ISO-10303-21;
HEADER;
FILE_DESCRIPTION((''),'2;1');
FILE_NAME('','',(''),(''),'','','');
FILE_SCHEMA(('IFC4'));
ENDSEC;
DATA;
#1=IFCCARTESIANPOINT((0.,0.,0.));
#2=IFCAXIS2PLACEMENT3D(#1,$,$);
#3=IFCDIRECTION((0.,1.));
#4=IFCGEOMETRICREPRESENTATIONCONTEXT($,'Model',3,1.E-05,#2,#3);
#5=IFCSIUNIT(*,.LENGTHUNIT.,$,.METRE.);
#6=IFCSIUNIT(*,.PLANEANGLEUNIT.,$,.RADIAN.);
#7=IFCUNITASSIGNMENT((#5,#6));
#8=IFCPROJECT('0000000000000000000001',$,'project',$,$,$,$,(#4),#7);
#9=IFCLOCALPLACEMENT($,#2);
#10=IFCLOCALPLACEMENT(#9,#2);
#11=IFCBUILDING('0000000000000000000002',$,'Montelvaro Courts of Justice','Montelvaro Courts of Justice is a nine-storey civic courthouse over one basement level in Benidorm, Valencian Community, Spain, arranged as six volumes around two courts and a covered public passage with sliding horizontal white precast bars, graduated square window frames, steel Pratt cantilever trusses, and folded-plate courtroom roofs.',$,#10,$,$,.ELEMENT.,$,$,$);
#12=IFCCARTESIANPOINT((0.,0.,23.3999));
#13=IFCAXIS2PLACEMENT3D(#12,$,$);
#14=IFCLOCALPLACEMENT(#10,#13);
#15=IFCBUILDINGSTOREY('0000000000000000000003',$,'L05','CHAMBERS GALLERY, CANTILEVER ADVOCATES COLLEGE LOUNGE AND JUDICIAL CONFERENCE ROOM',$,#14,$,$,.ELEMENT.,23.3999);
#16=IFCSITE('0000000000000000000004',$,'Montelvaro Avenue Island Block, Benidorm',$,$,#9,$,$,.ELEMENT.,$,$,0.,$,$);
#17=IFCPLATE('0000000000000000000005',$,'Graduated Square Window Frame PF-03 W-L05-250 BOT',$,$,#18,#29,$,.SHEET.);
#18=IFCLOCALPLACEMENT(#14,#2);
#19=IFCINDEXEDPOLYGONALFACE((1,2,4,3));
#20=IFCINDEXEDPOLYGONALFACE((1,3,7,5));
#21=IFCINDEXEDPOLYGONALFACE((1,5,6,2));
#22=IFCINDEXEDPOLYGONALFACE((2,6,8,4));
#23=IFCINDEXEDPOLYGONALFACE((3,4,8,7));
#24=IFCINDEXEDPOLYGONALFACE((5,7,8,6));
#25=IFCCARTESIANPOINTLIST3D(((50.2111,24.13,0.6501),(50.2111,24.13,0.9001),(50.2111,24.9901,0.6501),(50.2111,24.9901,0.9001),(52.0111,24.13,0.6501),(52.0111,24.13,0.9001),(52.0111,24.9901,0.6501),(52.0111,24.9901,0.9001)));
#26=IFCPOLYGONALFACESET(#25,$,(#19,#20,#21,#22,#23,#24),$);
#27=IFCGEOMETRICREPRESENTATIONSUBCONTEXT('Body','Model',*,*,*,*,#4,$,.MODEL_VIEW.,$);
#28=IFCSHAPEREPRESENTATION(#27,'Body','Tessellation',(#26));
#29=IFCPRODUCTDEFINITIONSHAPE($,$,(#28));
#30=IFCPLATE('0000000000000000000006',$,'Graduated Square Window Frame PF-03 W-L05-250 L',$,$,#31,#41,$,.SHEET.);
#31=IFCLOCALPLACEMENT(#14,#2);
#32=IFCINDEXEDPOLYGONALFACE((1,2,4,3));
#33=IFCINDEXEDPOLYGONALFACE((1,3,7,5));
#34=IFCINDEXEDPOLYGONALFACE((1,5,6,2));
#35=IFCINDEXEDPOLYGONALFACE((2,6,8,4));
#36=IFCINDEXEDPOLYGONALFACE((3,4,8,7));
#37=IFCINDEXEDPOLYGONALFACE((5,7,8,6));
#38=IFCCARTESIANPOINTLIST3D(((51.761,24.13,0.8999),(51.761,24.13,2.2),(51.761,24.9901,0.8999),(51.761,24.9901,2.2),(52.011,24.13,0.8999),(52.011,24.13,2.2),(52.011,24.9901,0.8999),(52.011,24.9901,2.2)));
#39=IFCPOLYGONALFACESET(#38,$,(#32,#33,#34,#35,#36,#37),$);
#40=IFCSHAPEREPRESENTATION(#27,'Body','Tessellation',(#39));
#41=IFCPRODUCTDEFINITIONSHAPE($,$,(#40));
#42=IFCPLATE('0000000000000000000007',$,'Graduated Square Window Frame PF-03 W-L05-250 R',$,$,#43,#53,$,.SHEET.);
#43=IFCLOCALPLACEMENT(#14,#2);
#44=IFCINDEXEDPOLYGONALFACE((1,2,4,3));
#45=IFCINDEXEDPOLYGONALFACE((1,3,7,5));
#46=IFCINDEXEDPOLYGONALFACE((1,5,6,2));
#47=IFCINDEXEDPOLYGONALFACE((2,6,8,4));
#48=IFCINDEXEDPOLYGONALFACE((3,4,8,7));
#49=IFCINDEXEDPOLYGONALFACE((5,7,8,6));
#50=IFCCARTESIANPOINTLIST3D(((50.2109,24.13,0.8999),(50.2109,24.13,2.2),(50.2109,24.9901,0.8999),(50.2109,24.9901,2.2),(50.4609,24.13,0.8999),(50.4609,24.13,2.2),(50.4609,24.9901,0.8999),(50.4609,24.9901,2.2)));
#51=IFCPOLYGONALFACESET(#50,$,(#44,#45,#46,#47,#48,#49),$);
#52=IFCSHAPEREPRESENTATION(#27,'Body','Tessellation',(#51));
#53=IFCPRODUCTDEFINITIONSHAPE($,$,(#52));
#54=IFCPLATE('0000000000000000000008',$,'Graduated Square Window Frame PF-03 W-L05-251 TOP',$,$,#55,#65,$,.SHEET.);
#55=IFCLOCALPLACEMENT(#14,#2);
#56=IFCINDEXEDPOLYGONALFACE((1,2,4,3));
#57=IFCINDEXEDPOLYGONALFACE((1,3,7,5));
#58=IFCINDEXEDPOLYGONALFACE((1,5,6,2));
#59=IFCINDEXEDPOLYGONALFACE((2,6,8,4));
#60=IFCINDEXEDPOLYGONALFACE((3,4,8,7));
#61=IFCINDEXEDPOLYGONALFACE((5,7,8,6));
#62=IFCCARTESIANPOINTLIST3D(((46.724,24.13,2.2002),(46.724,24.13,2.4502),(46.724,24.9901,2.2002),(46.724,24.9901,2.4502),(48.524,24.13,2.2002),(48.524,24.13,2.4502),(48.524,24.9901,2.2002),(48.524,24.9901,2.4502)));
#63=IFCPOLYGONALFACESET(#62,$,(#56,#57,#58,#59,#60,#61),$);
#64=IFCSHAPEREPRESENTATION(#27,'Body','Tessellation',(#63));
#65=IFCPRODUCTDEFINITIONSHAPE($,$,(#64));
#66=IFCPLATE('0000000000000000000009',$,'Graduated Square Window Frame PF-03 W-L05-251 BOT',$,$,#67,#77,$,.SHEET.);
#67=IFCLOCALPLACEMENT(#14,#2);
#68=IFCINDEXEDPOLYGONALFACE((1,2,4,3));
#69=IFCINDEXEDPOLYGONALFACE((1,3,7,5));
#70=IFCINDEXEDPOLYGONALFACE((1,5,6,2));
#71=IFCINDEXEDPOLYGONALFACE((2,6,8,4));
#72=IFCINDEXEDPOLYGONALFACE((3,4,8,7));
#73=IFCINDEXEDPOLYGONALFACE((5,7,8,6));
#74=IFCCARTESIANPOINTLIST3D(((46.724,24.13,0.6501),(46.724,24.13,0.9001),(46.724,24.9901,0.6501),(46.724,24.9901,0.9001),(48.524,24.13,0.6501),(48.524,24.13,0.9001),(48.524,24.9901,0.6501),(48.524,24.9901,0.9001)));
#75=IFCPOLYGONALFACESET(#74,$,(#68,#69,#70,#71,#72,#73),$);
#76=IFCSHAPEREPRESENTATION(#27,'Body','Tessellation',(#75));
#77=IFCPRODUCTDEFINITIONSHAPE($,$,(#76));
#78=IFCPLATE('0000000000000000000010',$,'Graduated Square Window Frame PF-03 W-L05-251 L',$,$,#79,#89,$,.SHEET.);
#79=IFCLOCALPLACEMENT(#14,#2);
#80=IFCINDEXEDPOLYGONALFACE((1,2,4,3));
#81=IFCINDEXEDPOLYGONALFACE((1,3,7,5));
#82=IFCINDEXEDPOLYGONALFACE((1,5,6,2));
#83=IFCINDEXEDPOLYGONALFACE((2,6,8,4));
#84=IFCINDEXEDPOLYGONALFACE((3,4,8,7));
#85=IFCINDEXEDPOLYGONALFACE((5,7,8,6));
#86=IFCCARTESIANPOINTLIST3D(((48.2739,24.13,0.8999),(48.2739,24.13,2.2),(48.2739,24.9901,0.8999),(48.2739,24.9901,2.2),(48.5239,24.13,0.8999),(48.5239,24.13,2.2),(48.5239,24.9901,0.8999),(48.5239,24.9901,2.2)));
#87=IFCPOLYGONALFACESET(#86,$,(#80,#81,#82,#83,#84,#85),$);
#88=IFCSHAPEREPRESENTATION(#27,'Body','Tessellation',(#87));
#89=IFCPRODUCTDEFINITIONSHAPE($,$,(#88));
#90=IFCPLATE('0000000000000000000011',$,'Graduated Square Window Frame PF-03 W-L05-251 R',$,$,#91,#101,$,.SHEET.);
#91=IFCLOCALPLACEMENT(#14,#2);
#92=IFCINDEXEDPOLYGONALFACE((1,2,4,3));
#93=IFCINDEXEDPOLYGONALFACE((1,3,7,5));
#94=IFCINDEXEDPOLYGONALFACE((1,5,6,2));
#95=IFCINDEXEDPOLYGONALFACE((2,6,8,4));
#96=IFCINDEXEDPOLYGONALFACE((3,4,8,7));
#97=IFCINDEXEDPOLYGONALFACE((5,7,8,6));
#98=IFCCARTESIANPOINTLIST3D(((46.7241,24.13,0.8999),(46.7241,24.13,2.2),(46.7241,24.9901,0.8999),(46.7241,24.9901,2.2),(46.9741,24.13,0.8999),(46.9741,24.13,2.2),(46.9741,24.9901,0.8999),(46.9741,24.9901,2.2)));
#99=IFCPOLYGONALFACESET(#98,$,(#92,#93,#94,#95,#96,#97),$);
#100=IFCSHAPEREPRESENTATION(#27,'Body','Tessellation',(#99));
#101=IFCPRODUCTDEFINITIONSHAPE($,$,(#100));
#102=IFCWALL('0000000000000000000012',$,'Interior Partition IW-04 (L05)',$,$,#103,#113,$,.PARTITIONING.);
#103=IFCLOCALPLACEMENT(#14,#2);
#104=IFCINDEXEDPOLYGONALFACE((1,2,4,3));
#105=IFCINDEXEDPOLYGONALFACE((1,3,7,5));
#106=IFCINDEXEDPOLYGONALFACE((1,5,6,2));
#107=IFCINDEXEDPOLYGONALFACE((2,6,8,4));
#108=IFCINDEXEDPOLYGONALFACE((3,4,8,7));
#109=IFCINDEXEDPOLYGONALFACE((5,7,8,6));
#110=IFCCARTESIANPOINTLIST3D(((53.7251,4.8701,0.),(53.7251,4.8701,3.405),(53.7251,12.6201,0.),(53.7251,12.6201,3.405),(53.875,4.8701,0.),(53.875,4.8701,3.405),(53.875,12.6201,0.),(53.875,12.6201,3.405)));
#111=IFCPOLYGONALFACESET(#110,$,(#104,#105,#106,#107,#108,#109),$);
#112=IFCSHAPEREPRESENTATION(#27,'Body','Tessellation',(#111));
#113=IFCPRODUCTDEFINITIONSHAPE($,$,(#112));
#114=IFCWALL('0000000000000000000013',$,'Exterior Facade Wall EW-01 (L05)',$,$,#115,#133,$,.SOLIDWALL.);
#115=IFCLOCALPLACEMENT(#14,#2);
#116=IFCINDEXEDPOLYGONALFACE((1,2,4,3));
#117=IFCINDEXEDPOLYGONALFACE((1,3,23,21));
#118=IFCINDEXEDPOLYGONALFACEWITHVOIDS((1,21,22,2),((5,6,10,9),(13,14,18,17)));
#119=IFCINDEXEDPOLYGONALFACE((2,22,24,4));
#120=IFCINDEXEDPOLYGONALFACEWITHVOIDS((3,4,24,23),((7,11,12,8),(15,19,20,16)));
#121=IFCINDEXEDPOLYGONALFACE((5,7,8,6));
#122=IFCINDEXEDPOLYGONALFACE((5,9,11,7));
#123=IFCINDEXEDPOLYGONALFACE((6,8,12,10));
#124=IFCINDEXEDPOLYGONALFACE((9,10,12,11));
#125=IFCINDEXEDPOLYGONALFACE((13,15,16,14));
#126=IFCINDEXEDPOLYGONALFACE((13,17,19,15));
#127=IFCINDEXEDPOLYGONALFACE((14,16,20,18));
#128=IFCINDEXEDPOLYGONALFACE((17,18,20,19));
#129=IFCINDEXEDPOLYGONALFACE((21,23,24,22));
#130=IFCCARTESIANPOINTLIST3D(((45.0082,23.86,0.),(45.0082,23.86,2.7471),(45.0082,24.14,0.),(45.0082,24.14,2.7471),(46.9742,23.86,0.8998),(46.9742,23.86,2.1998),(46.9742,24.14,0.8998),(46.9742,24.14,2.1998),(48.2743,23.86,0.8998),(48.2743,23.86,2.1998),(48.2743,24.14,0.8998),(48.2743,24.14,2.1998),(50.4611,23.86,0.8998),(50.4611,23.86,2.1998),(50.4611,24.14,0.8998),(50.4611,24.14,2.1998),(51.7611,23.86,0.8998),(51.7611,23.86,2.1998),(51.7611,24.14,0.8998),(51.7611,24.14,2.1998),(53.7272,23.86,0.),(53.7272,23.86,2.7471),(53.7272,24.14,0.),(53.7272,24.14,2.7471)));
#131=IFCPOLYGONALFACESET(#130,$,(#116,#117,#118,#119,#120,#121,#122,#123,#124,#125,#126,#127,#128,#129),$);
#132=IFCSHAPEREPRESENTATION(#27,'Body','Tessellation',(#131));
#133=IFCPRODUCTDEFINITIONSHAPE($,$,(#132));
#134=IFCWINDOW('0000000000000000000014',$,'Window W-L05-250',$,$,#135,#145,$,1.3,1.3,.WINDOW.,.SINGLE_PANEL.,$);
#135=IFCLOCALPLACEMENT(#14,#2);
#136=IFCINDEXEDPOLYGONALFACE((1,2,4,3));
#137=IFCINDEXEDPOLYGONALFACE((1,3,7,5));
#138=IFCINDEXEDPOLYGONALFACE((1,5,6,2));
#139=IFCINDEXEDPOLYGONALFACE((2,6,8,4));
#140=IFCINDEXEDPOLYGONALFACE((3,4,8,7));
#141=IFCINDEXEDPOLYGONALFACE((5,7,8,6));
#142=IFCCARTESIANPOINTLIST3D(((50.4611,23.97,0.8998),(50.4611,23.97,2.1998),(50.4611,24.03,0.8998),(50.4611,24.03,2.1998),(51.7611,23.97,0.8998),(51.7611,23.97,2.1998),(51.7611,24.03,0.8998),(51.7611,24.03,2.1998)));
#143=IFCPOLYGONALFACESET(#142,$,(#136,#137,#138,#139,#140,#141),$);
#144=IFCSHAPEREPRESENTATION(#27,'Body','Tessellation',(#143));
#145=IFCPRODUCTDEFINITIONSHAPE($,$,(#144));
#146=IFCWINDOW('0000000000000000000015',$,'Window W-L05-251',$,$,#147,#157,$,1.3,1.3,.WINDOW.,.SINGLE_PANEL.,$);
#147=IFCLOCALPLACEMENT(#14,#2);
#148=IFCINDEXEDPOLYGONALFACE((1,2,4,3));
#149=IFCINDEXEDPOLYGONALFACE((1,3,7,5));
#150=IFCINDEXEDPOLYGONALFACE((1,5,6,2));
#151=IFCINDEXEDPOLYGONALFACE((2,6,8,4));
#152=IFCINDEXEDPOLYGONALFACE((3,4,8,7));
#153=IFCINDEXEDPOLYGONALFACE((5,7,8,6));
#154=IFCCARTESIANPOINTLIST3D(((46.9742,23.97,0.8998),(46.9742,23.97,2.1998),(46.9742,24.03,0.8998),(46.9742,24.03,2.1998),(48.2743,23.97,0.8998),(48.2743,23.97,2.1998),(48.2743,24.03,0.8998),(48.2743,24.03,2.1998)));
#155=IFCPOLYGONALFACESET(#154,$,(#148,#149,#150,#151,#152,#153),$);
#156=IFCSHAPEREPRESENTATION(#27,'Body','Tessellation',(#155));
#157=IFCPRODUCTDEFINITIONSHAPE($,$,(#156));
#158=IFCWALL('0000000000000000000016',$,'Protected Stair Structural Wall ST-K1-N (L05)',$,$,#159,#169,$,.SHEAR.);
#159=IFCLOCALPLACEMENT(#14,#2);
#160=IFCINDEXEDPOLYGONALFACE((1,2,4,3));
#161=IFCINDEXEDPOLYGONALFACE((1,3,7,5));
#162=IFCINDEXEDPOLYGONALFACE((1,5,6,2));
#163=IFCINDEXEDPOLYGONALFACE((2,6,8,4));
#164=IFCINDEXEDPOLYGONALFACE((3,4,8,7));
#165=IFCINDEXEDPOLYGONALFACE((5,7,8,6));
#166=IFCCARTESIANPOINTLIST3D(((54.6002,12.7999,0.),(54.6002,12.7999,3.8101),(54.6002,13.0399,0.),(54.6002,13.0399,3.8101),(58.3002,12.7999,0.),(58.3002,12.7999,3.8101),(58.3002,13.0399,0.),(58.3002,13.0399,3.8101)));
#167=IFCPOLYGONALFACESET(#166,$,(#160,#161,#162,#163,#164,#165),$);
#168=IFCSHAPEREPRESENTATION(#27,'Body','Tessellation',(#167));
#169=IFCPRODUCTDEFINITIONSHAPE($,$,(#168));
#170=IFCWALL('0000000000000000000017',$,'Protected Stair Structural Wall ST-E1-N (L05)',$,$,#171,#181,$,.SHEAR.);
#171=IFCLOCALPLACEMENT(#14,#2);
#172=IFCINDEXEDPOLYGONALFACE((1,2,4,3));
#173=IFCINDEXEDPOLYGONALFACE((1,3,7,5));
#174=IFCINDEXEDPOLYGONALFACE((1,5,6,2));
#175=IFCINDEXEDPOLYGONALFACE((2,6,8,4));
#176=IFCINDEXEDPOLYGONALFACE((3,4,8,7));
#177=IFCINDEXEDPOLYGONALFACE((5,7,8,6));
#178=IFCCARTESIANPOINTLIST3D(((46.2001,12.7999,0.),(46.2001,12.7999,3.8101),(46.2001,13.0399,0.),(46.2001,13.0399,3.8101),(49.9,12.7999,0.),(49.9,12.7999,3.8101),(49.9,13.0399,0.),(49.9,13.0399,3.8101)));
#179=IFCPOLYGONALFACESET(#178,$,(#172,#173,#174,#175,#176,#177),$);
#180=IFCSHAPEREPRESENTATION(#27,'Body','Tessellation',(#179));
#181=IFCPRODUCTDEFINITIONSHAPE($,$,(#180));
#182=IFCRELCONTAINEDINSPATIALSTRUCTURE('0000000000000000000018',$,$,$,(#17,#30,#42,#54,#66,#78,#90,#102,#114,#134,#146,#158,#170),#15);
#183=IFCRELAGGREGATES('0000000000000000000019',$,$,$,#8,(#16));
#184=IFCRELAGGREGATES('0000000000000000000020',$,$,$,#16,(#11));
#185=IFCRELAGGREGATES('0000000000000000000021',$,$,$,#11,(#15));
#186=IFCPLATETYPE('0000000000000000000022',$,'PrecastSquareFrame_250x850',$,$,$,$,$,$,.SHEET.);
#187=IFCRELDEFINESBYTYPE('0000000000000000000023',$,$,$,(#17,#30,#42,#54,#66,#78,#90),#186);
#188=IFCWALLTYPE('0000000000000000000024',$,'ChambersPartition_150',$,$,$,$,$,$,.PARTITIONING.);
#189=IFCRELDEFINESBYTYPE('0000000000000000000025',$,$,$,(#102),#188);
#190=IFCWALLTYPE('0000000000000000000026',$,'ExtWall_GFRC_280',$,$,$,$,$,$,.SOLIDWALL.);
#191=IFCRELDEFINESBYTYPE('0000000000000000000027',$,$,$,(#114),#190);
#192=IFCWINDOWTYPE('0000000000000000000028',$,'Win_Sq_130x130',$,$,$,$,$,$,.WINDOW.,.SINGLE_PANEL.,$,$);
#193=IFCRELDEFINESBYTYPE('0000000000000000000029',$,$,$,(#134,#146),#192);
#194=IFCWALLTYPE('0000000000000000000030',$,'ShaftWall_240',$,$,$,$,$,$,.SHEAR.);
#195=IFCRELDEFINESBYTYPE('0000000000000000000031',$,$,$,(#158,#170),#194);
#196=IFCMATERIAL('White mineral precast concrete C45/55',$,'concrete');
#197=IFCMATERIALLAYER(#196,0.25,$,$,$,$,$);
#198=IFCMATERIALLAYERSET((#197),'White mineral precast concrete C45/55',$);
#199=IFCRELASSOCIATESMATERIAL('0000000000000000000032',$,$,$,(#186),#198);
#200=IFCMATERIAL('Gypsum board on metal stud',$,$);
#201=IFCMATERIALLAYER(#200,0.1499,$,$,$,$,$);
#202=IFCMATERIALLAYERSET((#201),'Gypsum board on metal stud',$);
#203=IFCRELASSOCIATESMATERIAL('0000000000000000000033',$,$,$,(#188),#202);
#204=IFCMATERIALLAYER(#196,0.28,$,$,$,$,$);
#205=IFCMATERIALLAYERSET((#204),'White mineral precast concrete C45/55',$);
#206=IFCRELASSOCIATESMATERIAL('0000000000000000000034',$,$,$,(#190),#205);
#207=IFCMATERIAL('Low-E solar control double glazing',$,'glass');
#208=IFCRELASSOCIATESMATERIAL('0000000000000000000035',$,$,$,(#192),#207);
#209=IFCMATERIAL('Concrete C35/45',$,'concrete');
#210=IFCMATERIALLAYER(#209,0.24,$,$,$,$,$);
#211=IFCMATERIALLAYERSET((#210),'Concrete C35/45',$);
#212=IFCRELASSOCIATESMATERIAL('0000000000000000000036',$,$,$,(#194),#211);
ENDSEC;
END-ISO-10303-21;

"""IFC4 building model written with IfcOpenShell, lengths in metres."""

from ifc_helpers import new_model, si_unit, direction, frame, frame_2d, origin, origin_2d, place, context, subcontext, project, spatial, rectangle, extrude, material, layer, layer_set, type_object, element, fill, save


model = new_model("IFC4")

# Units and contexts
model_context = context("Model", 3, precision=1e-05, world=origin(), true_north=direction((0.0, 1.0)))
body_context = subcontext(model_context, "Body", "Model", "MODEL_VIEW")
ifc_project = project(units=[si_unit("LENGTHUNIT", "METRE"), si_unit("PLANEANGLEUNIT", "RADIAN")], contexts=[model_context])

# Site, building, storey
site_placement = place(None, origin())
site = spatial("IfcSite", under=ifc_project, at=site_placement, Name="Montelvaro Avenue Island Block, Benidorm", CompositionType="ELEMENT", RefElevation=0.0)
building_placement = place(site_placement, origin())
building = spatial("IfcBuilding", under=site, at=building_placement, Name="Montelvaro Courts of Justice", Description="Montelvaro Courts of Justice is a nine-storey civic courthouse over one basement level in Benidorm, Valencian Community, Spain, arranged as six volumes around two courts and a covered public passage with sliding horizontal white precast bars, graduated square window frames, steel Pratt cantilever trusses, and folded-plate courtroom roofs.", CompositionType="ELEMENT")
storey_placement = place(building_placement, frame((0.0, 0.0, 23.3999)))
storey = spatial("IfcBuildingStorey", under=building, at=storey_placement, Name="L05", Description="CHAMBERS GALLERY, CANTILEVER ADVOCATES COLLEGE LOUNGE AND JUDICIAL CONFERENCE ROOM", CompositionType="ELEMENT", Elevation=23.3999)

# Plates
ifc_material_1 = material(Name="White mineral precast concrete C45/55", Category="concrete")
ifc_layer_1 = layer(ifc_material_1, 0.25)
ifc_layer_set_1 = layer_set([ifc_layer_1], Name="White mineral precast concrete C45/55")
plate_type = type_object("IfcPlateType", Name="PrecastSquareFrame_250x850", PredefinedType="SHEET", material=ifc_layer_set_1)
for number, where, z_axis, x_axis, name in (
    (1, (51.1111, 24.5601, 0.6501), (0.0, 0.0, 1.0), (-1.0, 0.0, 0.0), "Graduated Square Window Frame PF-03 W-L05-250 BOT"),
):
    element("IfcPlate", number, at=place(storey_placement, frame(where, z_axis=z_axis, x_axis=x_axis)), inside=storey, type_object=plate_type, Name=name, PredefinedType="SHEET", context=body_context, shape_type="SweptSolid", body=[
        extrude(rectangle(XDim=1.8, YDim=0.8601, at=origin_2d()), origin(), (0.0, 0.0, 1.0), 0.25),
    ])
for number, where, z_axis, x_axis, name in (
    (2, (51.886, 24.5601, 0.8999), (0.0, 0.0, 1.0), (-1.0, 0.0, 0.0), "Graduated Square Window Frame PF-03 W-L05-250 L"),
    (3, (50.3359, 24.5601, 0.8999), (0.0, 0.0, 1.0), (-1.0, 0.0, 0.0), "Graduated Square Window Frame PF-03 W-L05-250 R"),
):
    element("IfcPlate", number, at=place(storey_placement, frame(where, z_axis=z_axis, x_axis=x_axis)), inside=storey, type_object=plate_type, Name=name, PredefinedType="SHEET", context=body_context, shape_type="SweptSolid", body=[
        extrude(rectangle(XDim=0.25, YDim=0.8601, at=origin_2d()), origin(), (0.0, 0.0, 1.0), 1.3),
    ])
for number, where, z_axis, x_axis, name in (
    (4, (47.624, 24.5601, 2.2002), (0.0, 0.0, 1.0), (-1.0, 0.0, 0.0), "Graduated Square Window Frame PF-03 W-L05-251 TOP"),
    (5, (47.624, 24.5601, 0.6501), (0.0, 0.0, 1.0), (-1.0, 0.0, 0.0), "Graduated Square Window Frame PF-03 W-L05-251 BOT"),
):
    element("IfcPlate", number, at=place(storey_placement, frame(where, z_axis=z_axis, x_axis=x_axis)), inside=storey, type_object=plate_type, Name=name, PredefinedType="SHEET", context=body_context, shape_type="SweptSolid", body=[
        extrude(rectangle(XDim=1.8, YDim=0.8601, at=origin_2d()), origin(), (0.0, 0.0, 1.0), 0.25),
    ])
for number, where, z_axis, x_axis, name in (
    (6, (48.3989, 24.5601, 0.8999), (0.0, 0.0, 1.0), (-1.0, 0.0, 0.0), "Graduated Square Window Frame PF-03 W-L05-251 L"),
    (7, (46.8491, 24.5601, 0.8999), (0.0, 0.0, 1.0), (-1.0, 0.0, 0.0), "Graduated Square Window Frame PF-03 W-L05-251 R"),
):
    element("IfcPlate", number, at=place(storey_placement, frame(where, z_axis=z_axis, x_axis=x_axis)), inside=storey, type_object=plate_type, Name=name, PredefinedType="SHEET", context=body_context, shape_type="SweptSolid", body=[
        extrude(rectangle(XDim=0.25, YDim=0.8601, at=origin_2d()), origin(), (0.0, 0.0, 1.0), 1.3),
    ])

# Wall
ifc_material_2 = material(Name="Gypsum board on metal stud")
ifc_layer_2 = layer(ifc_material_2, 0.1499)
ifc_layer_set_2 = layer_set([ifc_layer_2], Name="Gypsum board on metal stud")
wall_type_1 = type_object("IfcWallType", Name="ChambersPartition_150", PredefinedType="PARTITIONING", material=ifc_layer_set_2)
wall_1_placement = place(storey_placement, frame((53.8, 12.6201, 0.0), z_axis=(0.0, 0.0, 1.0), x_axis=(0.0, -1.0, 0.0)))
element("IfcWall", 8, at=wall_1_placement, inside=storey, type_object=wall_type_1, Name="Interior Partition IW-04 (L05)", PredefinedType="PARTITIONING", context=body_context, shape_type="SweptSolid", body=[
    extrude(rectangle(XDim=7.75, YDim=0.1499, at=frame_2d((3.875, 0.0))), origin(), (0.0, 0.0, 1.0), 3.405),
])

# Wall, openings, windows
ifc_layer_3 = layer(ifc_material_1, 0.28)
ifc_layer_set_3 = layer_set([ifc_layer_3], Name="White mineral precast concrete C45/55")
wall_type_2 = type_object("IfcWallType", Name="ExtWall_GFRC_280", PredefinedType="SOLIDWALL", material=ifc_layer_set_3)
wall_2_placement = place(storey_placement, frame((53.7271, 24.0, 0.0), z_axis=(0.0, 0.0, 1.0), x_axis=(-1.0, 0.0, 0.0)))
wall_2 = element("IfcWall", 9, at=wall_2_placement, inside=storey, type_object=wall_type_2, Name="Exterior Facade Wall EW-01 (L05)", PredefinedType="SOLIDWALL", context=body_context, shape_type="SweptSolid", body=[
    extrude(rectangle(XDim=8.719, YDim=0.28, at=frame_2d((4.3594, 0.0))), origin(), (0.0, 0.0, 1.0), 2.7471),
])
opening_1_placement = place(wall_2_placement, frame((1.9661, 0.0, 0.8999)))
opening_1 = element("IfcOpeningElement", 10, at=opening_1_placement, cuts=wall_2, PredefinedType="OPENING", context=body_context, shape_type="SweptSolid", body=[
    extrude(rectangle(XDim=1.3, YDim=1.3, at=frame_2d((0.6499, 0.6499))), frame((0.0, 0.1548, 0.0), z_axis=(0.0, -1.0, 0.0), x_axis=(1.0, 0.0, 0.0)), (0.0, 0.0, 1.0), 0.3098),
])
opening_2_placement = place(wall_2_placement, frame((5.4529, 0.0, 0.8999)))
opening_2 = element("IfcOpeningElement", 11, at=opening_2_placement, cuts=wall_2, PredefinedType="OPENING", context=body_context, shape_type="SweptSolid", body=[
    extrude(rectangle(XDim=1.3, YDim=1.3, at=frame_2d((0.6499, 0.6499))), frame((0.0, 0.1548, 0.0), z_axis=(0.0, -1.0, 0.0), x_axis=(1.0, 0.0, 0.0)), (0.0, 0.0, 1.0), 0.3098),
])
ifc_material_3 = material(Name="Low-E solar control double glazing", Category="glass")
window_type = type_object("IfcWindowType", Name="Win_Sq_130x130", PartitioningType="SINGLE_PANEL", PredefinedType="WINDOW", material=ifc_material_3)
window_1_placement = place(opening_1_placement, origin())
window_1 = element("IfcWindow", 12, at=window_1_placement, inside=storey, type_object=window_type, Name="Window W-L05-250", OverallHeight=1.3, OverallWidth=1.3, PartitioningType="SINGLE_PANEL", PredefinedType="WINDOW", context=body_context, shape_type="SweptSolid", body=[
    extrude(rectangle(XDim=1.3, YDim=1.3, at=frame_2d((0.6499, 0.6499))), frame((0.0, 0.03, 0.0), z_axis=(0.0, -1.0, 0.0), x_axis=(1.0, 0.0, 0.0)), (0.0, 0.0, 1.0), 0.0601),
])
fill(opening_1, window_1)
window_2_placement = place(opening_2_placement, origin())
window_2 = element("IfcWindow", 13, at=window_2_placement, inside=storey, type_object=window_type, Name="Window W-L05-251", OverallHeight=1.3, OverallWidth=1.3, PartitioningType="SINGLE_PANEL", PredefinedType="WINDOW", context=body_context, shape_type="SweptSolid", body=[
    extrude(rectangle(XDim=1.3, YDim=1.3, at=frame_2d((0.6499, 0.6499))), frame((0.0, 0.03, 0.0), z_axis=(0.0, -1.0, 0.0), x_axis=(1.0, 0.0, 0.0)), (0.0, 0.0, 1.0), 0.0601),
])
fill(opening_2, window_2)

# Walls
ifc_material_4 = material(Name="Concrete C35/45", Category="concrete")
ifc_layer_4 = layer(ifc_material_4, 0.24)
ifc_layer_set_4 = layer_set([ifc_layer_4], Name="Concrete C35/45")
wall_type_3 = type_object("IfcWallType", Name="ShaftWall_240", PredefinedType="SHEAR", material=ifc_layer_set_4)
for number, where, z_axis, x_axis, name in (
    (14, (54.6001, 12.9199, 0.0), (0.0, 0.0, 1.0), (1.0, 0.0, 0.0), "Protected Stair Structural Wall ST-K1-N (L05)"),
    (15, (46.2, 12.9199, 0.0), (0.0, 0.0, 1.0), (1.0, 0.0, 0.0), "Protected Stair Structural Wall ST-E1-N (L05)"),
):
    element("IfcWall", number, at=place(storey_placement, frame(where, z_axis=z_axis, x_axis=x_axis)), inside=storey, type_object=wall_type_3, Name=name, PredefinedType="SHEAR", context=body_context, shape_type="SweptSolid", body=[
        extrude(rectangle(XDim=3.7, YDim=0.24, at=frame_2d((1.8501, 0.0))), origin(), (0.0, 0.0, 1.0), 3.8101),
    ])

save(model, "model.ifc")
